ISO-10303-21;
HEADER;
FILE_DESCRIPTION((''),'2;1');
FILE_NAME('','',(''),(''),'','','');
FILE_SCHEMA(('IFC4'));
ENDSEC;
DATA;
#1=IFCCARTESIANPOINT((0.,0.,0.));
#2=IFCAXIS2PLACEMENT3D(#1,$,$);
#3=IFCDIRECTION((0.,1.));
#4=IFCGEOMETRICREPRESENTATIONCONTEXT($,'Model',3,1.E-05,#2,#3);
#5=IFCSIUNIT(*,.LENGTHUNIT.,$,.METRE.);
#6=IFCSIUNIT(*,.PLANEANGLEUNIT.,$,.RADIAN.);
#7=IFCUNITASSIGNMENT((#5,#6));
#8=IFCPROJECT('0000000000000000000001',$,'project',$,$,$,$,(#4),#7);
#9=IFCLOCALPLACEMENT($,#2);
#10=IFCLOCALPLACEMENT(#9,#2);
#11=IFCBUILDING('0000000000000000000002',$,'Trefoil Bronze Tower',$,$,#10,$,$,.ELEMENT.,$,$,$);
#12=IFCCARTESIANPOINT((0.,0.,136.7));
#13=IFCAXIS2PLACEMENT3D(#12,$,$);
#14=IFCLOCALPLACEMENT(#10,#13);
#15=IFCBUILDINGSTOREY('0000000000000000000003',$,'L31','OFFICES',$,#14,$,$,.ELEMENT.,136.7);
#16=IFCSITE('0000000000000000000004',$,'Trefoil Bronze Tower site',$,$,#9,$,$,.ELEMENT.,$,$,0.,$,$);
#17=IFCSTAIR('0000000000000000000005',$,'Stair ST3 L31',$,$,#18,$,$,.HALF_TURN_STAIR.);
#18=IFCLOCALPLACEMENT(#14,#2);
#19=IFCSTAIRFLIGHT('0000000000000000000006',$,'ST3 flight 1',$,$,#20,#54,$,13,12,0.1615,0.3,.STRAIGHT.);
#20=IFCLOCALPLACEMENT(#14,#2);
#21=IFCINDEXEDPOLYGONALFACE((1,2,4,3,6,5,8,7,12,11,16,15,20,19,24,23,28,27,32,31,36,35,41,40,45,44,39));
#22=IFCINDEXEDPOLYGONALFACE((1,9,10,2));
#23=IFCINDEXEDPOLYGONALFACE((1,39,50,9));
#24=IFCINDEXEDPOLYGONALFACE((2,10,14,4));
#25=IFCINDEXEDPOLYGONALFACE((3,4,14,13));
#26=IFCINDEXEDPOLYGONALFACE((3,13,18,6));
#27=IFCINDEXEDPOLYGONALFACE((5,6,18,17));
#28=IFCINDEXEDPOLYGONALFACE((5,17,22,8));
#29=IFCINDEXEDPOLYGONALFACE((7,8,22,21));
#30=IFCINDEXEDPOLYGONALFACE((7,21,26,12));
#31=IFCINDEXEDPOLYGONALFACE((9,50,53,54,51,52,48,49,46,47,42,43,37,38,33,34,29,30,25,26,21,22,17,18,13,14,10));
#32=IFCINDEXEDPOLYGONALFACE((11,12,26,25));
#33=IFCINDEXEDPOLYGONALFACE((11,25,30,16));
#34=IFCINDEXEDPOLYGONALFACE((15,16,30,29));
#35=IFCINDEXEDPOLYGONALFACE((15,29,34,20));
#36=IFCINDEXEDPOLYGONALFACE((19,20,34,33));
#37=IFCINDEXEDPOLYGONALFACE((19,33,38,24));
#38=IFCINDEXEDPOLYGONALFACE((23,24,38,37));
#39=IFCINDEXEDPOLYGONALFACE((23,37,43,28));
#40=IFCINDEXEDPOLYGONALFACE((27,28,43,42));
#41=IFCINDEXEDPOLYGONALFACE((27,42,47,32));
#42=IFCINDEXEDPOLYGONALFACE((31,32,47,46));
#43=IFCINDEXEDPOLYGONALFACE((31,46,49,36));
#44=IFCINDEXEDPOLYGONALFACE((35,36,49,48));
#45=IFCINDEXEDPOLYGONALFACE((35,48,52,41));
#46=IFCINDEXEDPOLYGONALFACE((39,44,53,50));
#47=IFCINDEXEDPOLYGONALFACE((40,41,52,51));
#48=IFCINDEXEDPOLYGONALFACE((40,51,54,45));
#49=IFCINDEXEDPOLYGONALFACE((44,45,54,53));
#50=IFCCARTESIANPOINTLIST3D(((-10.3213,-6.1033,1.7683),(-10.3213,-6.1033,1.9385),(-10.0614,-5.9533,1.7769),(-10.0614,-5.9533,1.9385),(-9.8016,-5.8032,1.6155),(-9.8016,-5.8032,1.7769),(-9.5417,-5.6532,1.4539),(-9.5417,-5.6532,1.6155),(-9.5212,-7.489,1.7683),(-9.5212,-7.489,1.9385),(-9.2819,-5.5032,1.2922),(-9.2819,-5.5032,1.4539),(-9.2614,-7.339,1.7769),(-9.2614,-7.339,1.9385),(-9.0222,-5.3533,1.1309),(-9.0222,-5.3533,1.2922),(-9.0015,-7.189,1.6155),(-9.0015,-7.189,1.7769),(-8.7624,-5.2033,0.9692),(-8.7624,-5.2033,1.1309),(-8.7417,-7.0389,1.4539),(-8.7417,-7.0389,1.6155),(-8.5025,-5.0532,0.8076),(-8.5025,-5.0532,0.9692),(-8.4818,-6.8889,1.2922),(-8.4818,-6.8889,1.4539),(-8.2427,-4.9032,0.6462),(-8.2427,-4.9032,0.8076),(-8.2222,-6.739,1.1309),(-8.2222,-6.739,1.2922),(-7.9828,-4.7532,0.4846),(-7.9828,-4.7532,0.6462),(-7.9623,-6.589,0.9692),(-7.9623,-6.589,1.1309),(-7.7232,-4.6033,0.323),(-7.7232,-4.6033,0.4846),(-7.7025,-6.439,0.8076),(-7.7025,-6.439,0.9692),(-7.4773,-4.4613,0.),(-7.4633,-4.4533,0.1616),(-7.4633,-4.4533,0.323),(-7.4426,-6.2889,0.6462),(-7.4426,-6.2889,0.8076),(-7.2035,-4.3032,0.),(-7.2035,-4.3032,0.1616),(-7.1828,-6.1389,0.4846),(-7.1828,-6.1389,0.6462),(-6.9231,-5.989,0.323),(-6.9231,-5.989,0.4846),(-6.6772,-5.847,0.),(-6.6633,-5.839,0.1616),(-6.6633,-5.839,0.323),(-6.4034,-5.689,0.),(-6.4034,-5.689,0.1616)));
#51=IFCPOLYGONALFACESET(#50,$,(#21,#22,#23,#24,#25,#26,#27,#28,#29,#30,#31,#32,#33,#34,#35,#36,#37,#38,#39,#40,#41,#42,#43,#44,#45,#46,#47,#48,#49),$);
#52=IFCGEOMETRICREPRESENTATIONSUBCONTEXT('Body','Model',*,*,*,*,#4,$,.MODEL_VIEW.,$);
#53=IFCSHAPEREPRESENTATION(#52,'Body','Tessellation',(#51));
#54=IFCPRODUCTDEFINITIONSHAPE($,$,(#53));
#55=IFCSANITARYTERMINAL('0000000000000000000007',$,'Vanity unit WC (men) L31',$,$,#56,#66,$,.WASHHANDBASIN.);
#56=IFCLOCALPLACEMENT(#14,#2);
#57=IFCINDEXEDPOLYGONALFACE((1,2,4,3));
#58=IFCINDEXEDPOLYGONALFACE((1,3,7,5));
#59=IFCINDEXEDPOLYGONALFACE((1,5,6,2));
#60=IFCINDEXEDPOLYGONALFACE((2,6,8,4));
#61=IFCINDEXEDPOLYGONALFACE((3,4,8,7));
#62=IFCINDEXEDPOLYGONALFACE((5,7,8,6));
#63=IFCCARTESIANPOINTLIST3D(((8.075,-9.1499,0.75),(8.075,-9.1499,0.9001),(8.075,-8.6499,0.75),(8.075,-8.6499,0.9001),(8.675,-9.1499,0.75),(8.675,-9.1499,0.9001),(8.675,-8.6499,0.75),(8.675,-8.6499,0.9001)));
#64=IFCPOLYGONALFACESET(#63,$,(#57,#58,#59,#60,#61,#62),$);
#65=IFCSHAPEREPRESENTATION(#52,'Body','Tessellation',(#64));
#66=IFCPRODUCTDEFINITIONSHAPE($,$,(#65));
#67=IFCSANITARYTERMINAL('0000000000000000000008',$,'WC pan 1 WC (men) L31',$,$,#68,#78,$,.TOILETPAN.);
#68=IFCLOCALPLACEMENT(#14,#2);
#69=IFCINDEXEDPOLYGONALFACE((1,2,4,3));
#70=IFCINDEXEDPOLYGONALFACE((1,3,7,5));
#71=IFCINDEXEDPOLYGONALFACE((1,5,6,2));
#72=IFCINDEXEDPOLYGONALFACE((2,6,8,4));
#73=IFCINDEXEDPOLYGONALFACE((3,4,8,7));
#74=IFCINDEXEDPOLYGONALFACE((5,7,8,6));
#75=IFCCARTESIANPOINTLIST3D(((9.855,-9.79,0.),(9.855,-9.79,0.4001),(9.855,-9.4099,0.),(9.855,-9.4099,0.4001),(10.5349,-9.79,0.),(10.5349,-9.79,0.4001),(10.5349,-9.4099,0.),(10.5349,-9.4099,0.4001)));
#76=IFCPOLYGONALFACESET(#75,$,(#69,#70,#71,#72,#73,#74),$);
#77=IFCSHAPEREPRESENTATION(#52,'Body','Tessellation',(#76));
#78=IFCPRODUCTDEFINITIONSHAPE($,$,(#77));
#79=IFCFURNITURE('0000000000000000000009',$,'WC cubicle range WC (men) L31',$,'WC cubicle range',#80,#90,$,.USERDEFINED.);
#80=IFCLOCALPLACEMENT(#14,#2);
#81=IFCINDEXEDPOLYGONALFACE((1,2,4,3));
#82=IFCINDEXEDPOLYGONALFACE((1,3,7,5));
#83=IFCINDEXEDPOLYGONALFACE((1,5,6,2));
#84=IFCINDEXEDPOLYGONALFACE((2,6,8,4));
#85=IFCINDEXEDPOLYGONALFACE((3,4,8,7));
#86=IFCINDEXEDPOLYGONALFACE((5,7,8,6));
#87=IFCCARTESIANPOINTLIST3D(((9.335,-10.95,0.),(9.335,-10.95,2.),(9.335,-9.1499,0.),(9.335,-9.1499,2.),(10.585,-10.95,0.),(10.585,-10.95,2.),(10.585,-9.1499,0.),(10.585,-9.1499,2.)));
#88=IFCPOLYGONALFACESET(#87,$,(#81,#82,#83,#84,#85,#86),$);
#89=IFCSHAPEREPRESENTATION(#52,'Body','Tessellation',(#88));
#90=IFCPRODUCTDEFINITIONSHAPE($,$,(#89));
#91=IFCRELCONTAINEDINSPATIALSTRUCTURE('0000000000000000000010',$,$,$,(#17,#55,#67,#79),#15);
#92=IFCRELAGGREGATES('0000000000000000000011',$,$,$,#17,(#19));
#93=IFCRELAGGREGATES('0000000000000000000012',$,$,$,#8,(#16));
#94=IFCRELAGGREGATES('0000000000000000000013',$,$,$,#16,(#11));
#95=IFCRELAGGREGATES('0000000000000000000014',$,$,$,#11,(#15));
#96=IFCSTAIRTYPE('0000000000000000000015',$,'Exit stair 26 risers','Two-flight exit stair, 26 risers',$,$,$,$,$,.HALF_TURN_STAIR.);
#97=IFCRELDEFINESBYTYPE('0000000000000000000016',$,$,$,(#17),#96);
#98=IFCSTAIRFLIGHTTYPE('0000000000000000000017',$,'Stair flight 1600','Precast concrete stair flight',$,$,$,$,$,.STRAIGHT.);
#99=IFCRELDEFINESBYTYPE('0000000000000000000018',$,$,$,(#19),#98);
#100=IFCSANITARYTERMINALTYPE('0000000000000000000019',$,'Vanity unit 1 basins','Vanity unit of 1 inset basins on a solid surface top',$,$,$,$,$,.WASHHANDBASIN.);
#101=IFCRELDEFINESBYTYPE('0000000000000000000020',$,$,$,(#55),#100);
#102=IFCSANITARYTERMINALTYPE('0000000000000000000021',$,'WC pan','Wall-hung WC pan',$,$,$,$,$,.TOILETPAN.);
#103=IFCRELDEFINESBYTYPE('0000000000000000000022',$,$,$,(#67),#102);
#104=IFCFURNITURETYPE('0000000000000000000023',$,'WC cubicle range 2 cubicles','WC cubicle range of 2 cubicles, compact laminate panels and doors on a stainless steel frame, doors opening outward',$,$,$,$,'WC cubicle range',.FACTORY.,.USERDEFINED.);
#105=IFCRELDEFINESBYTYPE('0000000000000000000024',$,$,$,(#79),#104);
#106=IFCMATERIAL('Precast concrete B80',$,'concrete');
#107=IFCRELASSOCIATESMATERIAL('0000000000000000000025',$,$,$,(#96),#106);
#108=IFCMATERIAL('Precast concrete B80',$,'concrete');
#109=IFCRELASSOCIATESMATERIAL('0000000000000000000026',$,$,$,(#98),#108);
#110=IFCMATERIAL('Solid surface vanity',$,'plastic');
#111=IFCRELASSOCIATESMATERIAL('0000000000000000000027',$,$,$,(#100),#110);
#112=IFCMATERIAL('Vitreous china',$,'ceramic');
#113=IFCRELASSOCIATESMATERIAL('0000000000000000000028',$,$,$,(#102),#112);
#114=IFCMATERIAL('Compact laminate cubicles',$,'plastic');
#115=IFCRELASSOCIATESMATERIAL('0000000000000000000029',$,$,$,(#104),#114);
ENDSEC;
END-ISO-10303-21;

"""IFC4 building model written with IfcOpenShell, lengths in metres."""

from ifc_helpers import new_model, si_unit, direction, frame, origin, place, context, subcontext, project, spatial, polyline, outline, extrude, material, type_object, element, aggregate, save


model = new_model("IFC4")

# Units and contexts
model_context = context("Model", 3, precision=1e-05, world=origin(), true_north=direction((0.0, 1.0)))
body_context = subcontext(model_context, "Body", "Model", "MODEL_VIEW")
ifc_project = project(units=[si_unit("LENGTHUNIT", "METRE"), si_unit("PLANEANGLEUNIT", "RADIAN")], contexts=[model_context])

# Site, building, storey
site_placement = place(None, origin())
site = spatial("IfcSite", under=ifc_project, at=site_placement, Name="Trefoil Bronze Tower site", CompositionType="ELEMENT", RefElevation=0.0)
building_placement = place(site_placement, origin())
building = spatial("IfcBuilding", under=site, at=building_placement, Name="Trefoil Bronze Tower", CompositionType="ELEMENT")
storey_placement = place(building_placement, frame((0.0, 0.0, 136.7)))
storey = spatial("IfcBuildingStorey", under=building, at=storey_placement, Name="L31", Description="OFFICES", CompositionType="ELEMENT", Elevation=136.7)

# Stair, stair flight
ifc_material_1 = material(Name="Precast concrete B80", Category="concrete")
stair_type = type_object("IfcStairType", Name="Exit stair 26 risers", Description="Two-flight exit stair, 26 risers", PredefinedType="HALF_TURN_STAIR", material=ifc_material_1)
stair_placement = place(storey_placement, origin())
stair = element("IfcStair", 1, at=stair_placement, inside=storey, type_object=stair_type, Name="Stair ST3 L31", PredefinedType="HALF_TURN_STAIR")
ifc_material_2 = material(Name="Precast concrete B80", Category="concrete")
stair_flight_type = type_object("IfcStairFlightType", Name="Stair flight 1600", Description="Precast concrete stair flight", PredefinedType="STRAIGHT", material=ifc_material_2)
stair_flight_placement = place(storey_placement, frame((-6.8035, -4.9961, 0.0), z_axis=(0.0, 0.0, 1.0), x_axis=(-0.866025, -0.5, 0.0)))
stair_flight = element("IfcStairFlight", 2, at=stair_flight_placement, type_object=stair_flight_type, Name="ST3 flight 1", NumberOfRisers=13, NumberOfTreads=12, PredefinedType="STRAIGHT", RiserHeight=0.1615, TreadLength=0.3, context=body_context, shape_type="SweptSolid", body=[
    extrude(outline(polyline([(0.0, 0.0), (0.0, 0.1616), (0.3, 0.1616), (0.3, 0.323), (0.6001, 0.323), (0.6001, 0.4846), (0.8999, 0.4846), (0.8999, 0.6462), (1.2, 0.6462), (1.2, 0.8076), (1.5, 0.8076), (1.5, 0.9692), (1.8, 0.9692), (1.8, 1.1309), (2.1001, 1.1309), (2.1001, 1.2922), (2.3999, 1.2922), (2.3999, 1.4539), (2.7, 1.4539), (2.7, 1.6155), (3.0, 1.6155), (3.0, 1.7769), (3.3, 1.7769), (3.3, 1.9385), (3.6001, 1.9385), (3.6001, 2.1001), (3.6001, 1.7683), (0.3162, 0.0), (0.0, 0.0)])), frame((0.0, 0.8, 0.0), z_axis=(0.0, -1.0, 0.0), x_axis=(1.0, 0.0, 0.0)), (0.0, 0.0, 1.0), 1.6001),
])
aggregate(stair, [stair_flight])

# Sanitary terminals
ifc_material_3 = material(Name="Solid surface vanity", Category="plastic")
sanitary_terminal_type_1 = type_object("IfcSanitaryTerminalType", Name="Vanity unit 1 basins", Description="Vanity unit of 1 inset basins on a solid surface top", PredefinedType="WASHHANDBASIN", material=ifc_material_3)
sanitary_terminal_1_placement = place(storey_placement, frame((0.0, 0.0, 0.75)))
element("IfcSanitaryTerminal", 3, at=sanitary_terminal_1_placement, inside=storey, type_object=sanitary_terminal_type_1, Name="Vanity unit WC (men) L31", PredefinedType="WASHHANDBASIN", context=body_context, shape_type="SweptSolid", body=[
    extrude(outline(polyline([(8.075, -8.6499), (8.675, -8.6499), (8.675, -9.1499), (8.075, -9.1499), (8.075, -8.6499)])), origin(), (0.0, 0.0, 1.0), 0.1501),
])
ifc_material_4 = material(Name="Vitreous china", Category="ceramic")
sanitary_terminal_type_2 = type_object("IfcSanitaryTerminalType", Name="WC pan", Description="Wall-hung WC pan", PredefinedType="TOILETPAN", material=ifc_material_4)
sanitary_terminal_2_placement = place(storey_placement, origin())
element("IfcSanitaryTerminal", 4, at=sanitary_terminal_2_placement, inside=storey, type_object=sanitary_terminal_type_2, Name="WC pan 1 WC (men) L31", PredefinedType="TOILETPAN", context=body_context, shape_type="SweptSolid", body=[
    extrude(outline(polyline([(9.855, -9.4099), (10.5349, -9.4099), (10.5349, -9.79), (9.855, -9.79), (9.855, -9.4099)])), origin(), (0.0, 0.0, 1.0), 0.4001),
])

# Furniture
ifc_material_5 = material(Name="Compact laminate cubicles", Category="plastic")
furniture_type = type_object("IfcFurnitureType", Name="WC cubicle range 2 cubicles", Description="WC cubicle range of 2 cubicles, compact laminate panels and doors on a stainless steel frame, doors opening outward", ElementType="WC cubicle range", AssemblyPlace="FACTORY", PredefinedType="USERDEFINED", material=ifc_material_5)
furniture_placement = place(storey_placement, origin())
element("IfcFurniture", 5, at=furniture_placement, inside=storey, type_object=furniture_type, Name="WC cubicle range WC (men) L31", ObjectType="WC cubicle range", PredefinedType="USERDEFINED", context=body_context, shape_type="SweptSolid", body=[
    extrude(outline(polyline([(9.335, -9.1499), (10.585, -9.1499), (10.585, -10.95), (9.335, -10.95), (9.335, -9.1499)])), origin(), (0.0, 0.0, 1.0), 2.0),
])

save(model, "model.ifc")
